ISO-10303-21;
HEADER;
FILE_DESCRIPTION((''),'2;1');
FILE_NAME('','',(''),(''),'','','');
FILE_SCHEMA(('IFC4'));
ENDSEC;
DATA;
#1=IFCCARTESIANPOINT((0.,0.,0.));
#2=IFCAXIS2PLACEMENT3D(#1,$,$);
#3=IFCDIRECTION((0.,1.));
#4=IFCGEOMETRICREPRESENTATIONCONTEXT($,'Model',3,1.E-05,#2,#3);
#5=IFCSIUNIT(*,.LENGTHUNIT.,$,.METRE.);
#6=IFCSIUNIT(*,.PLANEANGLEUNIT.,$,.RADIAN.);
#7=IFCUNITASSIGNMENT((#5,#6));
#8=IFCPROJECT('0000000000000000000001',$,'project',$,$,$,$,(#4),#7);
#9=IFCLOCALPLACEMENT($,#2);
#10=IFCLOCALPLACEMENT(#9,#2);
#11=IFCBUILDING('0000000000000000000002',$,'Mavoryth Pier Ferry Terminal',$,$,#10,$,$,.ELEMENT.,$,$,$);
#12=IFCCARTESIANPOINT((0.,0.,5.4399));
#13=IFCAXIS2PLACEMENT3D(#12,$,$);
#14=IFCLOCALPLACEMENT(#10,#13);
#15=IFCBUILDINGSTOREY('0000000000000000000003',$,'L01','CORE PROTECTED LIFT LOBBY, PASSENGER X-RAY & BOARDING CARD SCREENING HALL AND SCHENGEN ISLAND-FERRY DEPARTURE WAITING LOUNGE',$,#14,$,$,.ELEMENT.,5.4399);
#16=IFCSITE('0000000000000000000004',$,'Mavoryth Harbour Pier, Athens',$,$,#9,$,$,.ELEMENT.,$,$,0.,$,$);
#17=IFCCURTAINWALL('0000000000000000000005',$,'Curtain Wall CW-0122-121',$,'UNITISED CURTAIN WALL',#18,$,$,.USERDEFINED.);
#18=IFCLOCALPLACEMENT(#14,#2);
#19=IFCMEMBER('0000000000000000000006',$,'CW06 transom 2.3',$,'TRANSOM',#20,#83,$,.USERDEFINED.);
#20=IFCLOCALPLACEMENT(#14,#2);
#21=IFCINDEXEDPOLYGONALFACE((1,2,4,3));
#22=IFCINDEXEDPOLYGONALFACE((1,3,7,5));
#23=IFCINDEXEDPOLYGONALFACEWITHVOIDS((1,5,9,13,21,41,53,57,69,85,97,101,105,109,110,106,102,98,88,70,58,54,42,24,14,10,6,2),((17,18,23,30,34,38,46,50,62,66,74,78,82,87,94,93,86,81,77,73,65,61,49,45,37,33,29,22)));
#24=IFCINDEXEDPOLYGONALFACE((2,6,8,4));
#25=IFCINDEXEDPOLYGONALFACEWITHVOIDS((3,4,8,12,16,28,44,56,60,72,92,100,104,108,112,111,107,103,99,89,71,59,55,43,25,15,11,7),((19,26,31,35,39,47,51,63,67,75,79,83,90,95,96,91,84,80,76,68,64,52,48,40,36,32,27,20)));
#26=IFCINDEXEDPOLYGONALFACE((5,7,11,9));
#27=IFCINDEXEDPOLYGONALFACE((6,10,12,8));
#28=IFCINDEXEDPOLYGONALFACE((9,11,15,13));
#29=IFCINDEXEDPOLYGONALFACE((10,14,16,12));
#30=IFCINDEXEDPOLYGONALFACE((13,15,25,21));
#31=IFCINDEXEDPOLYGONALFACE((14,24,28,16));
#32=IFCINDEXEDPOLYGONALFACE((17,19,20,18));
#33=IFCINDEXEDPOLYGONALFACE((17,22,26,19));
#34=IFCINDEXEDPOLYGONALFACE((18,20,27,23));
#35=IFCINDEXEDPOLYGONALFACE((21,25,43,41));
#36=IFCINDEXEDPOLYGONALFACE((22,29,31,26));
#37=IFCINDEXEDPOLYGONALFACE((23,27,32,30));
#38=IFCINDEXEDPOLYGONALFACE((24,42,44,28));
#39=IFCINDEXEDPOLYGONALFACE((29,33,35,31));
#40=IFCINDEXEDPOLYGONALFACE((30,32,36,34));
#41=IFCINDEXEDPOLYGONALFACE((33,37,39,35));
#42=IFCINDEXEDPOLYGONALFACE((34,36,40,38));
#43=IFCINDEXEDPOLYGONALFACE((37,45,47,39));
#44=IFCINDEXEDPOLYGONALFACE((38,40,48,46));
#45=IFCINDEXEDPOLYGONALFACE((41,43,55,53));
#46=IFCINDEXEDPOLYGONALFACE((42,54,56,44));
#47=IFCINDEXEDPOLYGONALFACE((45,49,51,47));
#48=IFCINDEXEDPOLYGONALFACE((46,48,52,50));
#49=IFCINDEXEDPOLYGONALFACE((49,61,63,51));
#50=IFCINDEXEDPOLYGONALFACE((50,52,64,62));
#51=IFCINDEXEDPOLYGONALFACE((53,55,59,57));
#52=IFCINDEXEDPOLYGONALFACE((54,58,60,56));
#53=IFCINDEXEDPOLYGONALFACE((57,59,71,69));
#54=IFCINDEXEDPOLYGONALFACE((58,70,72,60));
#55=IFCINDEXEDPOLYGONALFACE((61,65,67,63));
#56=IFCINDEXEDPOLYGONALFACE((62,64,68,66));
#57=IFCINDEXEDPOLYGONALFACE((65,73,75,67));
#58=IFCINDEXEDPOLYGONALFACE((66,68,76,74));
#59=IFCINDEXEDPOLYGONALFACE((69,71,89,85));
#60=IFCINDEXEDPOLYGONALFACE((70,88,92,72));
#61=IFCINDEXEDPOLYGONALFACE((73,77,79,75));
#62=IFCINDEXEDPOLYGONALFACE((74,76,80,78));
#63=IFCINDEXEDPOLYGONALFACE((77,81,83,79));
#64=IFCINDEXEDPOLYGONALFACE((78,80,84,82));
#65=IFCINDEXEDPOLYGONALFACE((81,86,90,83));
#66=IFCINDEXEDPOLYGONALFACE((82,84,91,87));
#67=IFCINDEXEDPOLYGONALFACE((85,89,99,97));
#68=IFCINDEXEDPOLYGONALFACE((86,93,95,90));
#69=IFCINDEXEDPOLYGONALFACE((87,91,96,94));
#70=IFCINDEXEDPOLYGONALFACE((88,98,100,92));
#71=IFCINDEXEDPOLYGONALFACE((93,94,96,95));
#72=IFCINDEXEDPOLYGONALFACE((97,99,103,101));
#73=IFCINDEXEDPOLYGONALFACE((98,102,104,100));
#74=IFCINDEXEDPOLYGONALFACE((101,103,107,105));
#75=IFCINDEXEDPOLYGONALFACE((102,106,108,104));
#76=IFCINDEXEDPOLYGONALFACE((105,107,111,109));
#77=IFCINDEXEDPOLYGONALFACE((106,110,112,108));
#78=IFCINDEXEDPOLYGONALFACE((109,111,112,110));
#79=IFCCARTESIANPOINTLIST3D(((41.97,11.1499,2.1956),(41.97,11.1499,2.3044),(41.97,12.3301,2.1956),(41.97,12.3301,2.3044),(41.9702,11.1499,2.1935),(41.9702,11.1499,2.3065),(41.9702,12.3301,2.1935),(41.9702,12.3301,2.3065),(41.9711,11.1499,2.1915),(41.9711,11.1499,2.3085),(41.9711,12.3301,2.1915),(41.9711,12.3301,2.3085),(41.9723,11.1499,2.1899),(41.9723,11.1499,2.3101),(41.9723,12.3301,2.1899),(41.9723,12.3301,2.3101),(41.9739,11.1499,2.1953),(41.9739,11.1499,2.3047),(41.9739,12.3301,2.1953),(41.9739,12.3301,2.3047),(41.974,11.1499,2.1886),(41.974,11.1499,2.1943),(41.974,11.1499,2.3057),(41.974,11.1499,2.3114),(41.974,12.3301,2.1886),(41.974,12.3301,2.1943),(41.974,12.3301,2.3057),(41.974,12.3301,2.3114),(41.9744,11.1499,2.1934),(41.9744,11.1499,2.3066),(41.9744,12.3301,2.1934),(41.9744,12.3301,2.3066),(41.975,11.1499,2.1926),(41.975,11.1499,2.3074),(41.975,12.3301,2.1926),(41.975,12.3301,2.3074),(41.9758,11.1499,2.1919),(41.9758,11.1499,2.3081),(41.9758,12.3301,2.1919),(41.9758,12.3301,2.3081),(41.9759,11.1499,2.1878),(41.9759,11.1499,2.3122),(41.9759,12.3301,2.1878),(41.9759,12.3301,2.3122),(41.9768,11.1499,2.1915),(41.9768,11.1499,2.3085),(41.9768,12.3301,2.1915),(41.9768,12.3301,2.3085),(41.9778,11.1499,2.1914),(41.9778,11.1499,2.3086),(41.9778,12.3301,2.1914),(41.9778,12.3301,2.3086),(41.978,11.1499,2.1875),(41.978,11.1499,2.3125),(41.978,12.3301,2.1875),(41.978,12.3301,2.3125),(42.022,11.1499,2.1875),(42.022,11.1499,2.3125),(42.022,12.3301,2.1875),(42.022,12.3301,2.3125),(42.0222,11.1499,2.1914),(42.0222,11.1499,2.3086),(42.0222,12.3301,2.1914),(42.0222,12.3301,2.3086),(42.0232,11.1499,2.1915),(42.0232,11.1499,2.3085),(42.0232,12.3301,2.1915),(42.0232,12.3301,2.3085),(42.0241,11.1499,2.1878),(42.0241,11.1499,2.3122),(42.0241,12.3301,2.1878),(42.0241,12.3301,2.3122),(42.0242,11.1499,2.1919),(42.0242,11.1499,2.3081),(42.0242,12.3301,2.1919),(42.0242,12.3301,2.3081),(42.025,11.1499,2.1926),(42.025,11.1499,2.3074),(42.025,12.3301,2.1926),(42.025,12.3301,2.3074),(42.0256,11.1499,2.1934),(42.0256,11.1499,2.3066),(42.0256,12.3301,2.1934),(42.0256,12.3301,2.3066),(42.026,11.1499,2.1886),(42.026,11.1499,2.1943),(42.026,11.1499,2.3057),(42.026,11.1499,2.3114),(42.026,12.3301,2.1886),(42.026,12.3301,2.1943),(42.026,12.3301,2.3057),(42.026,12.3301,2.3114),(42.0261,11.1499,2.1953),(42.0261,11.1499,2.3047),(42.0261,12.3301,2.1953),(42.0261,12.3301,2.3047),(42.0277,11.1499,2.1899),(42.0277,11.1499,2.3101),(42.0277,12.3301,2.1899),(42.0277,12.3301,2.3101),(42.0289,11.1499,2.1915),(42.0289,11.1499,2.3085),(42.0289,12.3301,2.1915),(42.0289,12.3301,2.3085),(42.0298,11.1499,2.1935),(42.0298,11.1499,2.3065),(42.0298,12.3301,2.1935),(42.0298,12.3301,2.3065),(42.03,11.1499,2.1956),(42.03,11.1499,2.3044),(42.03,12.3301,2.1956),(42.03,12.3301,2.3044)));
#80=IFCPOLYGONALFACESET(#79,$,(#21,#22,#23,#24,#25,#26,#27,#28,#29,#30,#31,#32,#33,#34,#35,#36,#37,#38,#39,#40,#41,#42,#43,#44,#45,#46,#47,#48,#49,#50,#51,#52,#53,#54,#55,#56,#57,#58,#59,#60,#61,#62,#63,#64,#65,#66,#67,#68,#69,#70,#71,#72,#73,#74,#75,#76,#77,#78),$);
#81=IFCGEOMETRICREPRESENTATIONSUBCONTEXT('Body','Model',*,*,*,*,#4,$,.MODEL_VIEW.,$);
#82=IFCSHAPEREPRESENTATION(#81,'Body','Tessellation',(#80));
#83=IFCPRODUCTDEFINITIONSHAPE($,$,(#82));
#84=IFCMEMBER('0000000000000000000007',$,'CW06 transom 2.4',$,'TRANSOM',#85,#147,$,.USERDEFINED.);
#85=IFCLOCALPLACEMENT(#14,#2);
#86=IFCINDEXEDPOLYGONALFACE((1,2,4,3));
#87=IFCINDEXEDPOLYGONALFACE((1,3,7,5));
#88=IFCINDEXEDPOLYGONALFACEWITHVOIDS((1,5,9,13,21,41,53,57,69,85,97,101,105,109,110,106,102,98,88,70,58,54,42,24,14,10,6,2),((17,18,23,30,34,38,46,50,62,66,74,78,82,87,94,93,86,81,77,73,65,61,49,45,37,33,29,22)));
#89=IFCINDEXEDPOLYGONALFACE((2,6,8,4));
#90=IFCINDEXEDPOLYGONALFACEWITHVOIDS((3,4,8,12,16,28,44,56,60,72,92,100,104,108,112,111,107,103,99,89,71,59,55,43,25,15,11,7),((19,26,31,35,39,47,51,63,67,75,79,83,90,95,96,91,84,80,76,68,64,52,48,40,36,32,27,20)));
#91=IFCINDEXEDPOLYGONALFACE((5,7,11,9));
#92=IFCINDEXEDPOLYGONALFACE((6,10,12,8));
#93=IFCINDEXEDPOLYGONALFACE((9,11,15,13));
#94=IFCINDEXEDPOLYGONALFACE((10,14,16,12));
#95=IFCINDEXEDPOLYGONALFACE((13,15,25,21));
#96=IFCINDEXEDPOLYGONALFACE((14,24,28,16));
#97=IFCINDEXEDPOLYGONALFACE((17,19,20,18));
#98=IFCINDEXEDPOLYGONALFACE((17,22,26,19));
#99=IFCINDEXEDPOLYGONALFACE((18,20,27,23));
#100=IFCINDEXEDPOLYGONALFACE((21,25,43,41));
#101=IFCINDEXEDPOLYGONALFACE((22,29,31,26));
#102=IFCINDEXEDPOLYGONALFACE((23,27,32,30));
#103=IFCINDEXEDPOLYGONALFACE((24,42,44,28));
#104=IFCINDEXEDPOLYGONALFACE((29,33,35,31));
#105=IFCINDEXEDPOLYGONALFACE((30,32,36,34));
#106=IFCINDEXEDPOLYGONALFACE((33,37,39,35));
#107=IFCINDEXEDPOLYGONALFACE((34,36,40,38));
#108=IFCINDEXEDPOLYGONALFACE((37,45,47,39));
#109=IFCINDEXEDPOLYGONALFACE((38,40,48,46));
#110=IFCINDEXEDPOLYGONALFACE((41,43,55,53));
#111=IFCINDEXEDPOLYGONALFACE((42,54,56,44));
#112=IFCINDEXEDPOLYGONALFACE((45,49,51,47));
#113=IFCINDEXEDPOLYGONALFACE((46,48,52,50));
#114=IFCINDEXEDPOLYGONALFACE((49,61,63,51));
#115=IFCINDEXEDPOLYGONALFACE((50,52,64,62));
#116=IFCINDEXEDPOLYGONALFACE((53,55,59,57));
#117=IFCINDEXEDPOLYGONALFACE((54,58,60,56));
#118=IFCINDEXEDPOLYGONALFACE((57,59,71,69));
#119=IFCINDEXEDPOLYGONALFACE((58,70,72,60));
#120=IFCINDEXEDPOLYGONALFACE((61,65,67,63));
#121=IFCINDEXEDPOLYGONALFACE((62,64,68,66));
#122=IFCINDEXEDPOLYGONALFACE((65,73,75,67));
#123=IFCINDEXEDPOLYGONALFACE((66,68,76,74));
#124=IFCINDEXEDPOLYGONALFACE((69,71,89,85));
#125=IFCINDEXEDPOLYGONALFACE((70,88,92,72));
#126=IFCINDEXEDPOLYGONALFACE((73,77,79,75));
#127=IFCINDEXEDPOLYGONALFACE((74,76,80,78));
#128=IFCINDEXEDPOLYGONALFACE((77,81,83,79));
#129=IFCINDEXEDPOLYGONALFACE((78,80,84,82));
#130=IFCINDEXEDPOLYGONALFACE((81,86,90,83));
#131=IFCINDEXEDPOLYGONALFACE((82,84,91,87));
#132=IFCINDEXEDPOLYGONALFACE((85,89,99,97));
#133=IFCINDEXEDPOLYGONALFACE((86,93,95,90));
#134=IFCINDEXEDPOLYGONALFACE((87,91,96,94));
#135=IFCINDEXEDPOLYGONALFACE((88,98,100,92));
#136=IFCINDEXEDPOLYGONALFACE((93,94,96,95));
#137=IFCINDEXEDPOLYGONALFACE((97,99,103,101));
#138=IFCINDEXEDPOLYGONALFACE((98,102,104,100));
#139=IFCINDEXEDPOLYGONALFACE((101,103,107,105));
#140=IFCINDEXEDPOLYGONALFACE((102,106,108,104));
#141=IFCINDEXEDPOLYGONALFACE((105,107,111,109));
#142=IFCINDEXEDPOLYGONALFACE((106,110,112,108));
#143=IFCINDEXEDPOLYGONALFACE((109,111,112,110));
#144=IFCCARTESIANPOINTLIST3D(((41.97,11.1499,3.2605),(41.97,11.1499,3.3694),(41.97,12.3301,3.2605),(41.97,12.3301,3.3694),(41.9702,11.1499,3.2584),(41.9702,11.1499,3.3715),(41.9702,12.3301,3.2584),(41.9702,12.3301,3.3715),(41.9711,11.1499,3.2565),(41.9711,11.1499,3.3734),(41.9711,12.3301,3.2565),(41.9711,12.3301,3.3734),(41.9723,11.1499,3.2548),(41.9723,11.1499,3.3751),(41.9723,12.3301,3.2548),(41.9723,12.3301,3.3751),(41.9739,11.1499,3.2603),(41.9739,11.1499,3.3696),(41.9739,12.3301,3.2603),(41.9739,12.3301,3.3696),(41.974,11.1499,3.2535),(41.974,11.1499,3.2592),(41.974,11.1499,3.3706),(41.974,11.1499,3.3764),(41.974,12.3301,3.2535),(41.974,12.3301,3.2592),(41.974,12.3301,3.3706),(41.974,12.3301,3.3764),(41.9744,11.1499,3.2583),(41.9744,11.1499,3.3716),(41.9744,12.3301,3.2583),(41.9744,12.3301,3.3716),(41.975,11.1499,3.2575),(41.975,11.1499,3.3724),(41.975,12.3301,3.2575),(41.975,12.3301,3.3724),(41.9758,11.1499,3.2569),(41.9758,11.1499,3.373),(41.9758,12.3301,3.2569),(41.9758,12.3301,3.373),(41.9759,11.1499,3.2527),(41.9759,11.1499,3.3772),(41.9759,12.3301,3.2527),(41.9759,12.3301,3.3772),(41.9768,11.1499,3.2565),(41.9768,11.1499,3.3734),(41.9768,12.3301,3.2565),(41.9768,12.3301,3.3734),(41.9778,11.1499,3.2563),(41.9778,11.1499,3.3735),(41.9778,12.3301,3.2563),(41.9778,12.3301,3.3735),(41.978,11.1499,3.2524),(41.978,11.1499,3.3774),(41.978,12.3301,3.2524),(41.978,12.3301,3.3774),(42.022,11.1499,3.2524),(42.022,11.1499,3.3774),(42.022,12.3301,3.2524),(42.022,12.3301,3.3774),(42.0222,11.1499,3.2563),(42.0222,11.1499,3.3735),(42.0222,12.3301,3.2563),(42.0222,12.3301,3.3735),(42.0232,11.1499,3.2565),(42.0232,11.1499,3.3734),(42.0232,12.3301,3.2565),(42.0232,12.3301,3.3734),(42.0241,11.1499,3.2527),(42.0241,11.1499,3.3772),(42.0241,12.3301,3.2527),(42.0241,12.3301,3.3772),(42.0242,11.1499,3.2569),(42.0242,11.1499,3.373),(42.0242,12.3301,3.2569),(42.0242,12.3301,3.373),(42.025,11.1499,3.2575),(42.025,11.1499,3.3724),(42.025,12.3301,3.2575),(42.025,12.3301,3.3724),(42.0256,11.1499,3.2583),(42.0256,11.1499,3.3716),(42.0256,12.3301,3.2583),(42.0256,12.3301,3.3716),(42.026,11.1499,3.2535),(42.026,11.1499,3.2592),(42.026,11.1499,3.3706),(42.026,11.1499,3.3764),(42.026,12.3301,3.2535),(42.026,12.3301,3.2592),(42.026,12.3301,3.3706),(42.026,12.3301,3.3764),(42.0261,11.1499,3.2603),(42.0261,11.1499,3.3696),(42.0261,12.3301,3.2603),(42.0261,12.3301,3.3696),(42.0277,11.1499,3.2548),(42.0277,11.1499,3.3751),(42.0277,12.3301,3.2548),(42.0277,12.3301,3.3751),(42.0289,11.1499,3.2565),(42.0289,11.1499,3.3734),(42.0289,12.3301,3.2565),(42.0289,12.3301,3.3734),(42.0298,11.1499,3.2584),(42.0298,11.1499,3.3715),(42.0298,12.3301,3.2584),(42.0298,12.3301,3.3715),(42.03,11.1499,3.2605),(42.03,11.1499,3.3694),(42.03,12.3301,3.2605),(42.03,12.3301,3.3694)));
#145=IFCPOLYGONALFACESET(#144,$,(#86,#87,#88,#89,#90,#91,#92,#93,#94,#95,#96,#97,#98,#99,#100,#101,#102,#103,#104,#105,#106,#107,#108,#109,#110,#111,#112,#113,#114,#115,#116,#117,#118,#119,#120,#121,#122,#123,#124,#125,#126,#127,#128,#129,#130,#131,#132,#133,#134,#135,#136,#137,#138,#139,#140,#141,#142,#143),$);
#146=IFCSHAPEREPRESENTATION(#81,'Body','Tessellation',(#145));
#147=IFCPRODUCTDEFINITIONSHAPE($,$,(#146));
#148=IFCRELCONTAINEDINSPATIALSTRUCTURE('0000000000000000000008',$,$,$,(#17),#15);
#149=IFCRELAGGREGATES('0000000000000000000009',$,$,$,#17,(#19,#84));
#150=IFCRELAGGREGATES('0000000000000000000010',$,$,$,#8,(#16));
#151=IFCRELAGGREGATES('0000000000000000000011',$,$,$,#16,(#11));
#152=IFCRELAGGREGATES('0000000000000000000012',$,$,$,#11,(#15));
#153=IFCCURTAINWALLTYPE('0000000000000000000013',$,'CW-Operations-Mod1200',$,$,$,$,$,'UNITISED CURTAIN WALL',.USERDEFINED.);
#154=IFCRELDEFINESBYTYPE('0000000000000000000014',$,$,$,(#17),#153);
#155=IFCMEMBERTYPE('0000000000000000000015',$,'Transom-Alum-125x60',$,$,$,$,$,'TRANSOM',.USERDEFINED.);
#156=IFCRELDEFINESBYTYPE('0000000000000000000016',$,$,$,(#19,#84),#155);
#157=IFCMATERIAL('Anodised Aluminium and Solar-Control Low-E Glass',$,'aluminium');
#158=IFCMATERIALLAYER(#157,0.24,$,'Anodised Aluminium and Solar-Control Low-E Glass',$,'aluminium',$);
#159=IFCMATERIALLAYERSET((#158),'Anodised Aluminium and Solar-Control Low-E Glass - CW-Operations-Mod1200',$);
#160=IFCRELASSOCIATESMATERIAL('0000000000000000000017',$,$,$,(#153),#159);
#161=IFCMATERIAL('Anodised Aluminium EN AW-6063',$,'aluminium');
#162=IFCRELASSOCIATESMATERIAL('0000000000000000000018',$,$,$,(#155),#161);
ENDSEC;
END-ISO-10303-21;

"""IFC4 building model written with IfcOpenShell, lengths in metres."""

from ifc_helpers import new_model, si_unit, direction, frame, origin, origin_2d, place, context, subcontext, project, spatial, hollow_rectangle, extrude, material, layer, layer_set, material_profile, profile_set, type_object, element, aggregate, save


model = new_model("IFC4")

# Units and contexts
model_context = context("Model", 3, precision=1e-05, world=origin(), true_north=direction((0.0, 1.0)))
body_context = subcontext(model_context, "Body", "Model", "MODEL_VIEW")
ifc_project = project(units=[si_unit("LENGTHUNIT", "METRE"), si_unit("PLANEANGLEUNIT", "RADIAN")], contexts=[model_context])

# Site, building, storey
site_placement = place(None, origin())
site = spatial("IfcSite", under=ifc_project, at=site_placement, Name="Mavoryth Harbour Pier, Athens", CompositionType="ELEMENT", RefElevation=0.0)
building_placement = place(site_placement, origin())
building = spatial("IfcBuilding", under=site, at=building_placement, Name="Mavoryth Pier Ferry Terminal", CompositionType="ELEMENT")
storey_placement = place(building_placement, frame((0.0, 0.0, 5.4399)))
storey = spatial("IfcBuildingStorey", under=building, at=storey_placement, Name="L01", Description="CORE PROTECTED LIFT LOBBY, PASSENGER X-RAY & BOARDING CARD SCREENING HALL AND SCHENGEN ISLAND-FERRY DEPARTURE WAITING LOUNGE", CompositionType="ELEMENT", Elevation=5.4399)

# Curtain wall
ifc_material_1 = material(Name="Anodised Aluminium and Solar-Control Low-E Glass", Category="aluminium")
ifc_layer_1 = layer(ifc_material_1, 0.24, Name="Anodised Aluminium and Solar-Control Low-E Glass", Category="aluminium")
ifc_layer_set_1 = layer_set([ifc_layer_1], Name="Anodised Aluminium and Solar-Control Low-E Glass - CW-Operations-Mod1200")
curtain_wall_type_1 = type_object("IfcCurtainWallType", Name="CW-Operations-Mod1200", ElementType="UNITISED CURTAIN WALL", PredefinedType="USERDEFINED", material=ifc_layer_set_1)
curtain_wall_1_placement = place(storey_placement, origin())
curtain_wall_1 = element("IfcCurtainWall", 1, at=curtain_wall_1_placement, inside=storey, type_object=curtain_wall_type_1, Name="Curtain Wall CW-0122-121", ObjectType="UNITISED CURTAIN WALL", PredefinedType="USERDEFINED")
ifc_material_2 = material(Name="Anodised Aluminium EN AW-6063", Category="aluminium")

# Members
ifc_material_profile_1 = material_profile(ifc_material_2, hollow_rectangle(XDim=0.0601, YDim=0.125, WallThickness=0.0039, InnerFilletRadius=0.0039, OuterFilletRadius=0.0081, at=origin_2d()), Name="AL-TRAN 125x60x4", Category="aluminium")
ifc_profile_set_1 = profile_set([ifc_material_profile_1], Name="Anodised Aluminium EN AW-6063 - AL-TRAN 125x60x4")
member_type_1 = type_object("IfcMemberType", Name="Transom-Alum-125x60", ElementType="TRANSOM", PredefinedType="USERDEFINED", material=ifc_profile_set_1)
member_1_placement = place(storey_placement, frame((42.0, 12.3301, 2.25), z_axis=(0.0, -1.0, 0.0), x_axis=(1.0, 0.0, 0.0)))
member_1 = element("IfcMember", 2, at=member_1_placement, type_object=member_type_1, Name="CW06 transom 2.3", ObjectType="TRANSOM", PredefinedType="USERDEFINED", context=body_context, shape_type="SweptSolid", body=[
    extrude(hollow_rectangle(XDim=0.0601, YDim=0.125, WallThickness=0.0039, InnerFilletRadius=0.0039, OuterFilletRadius=0.0081, at=origin_2d()), origin(), (0.0, 0.0, 1.0), 1.1802),
])
member_2_placement = place(storey_placement, frame((42.0, 12.3301, 3.3149), z_axis=(0.0, -1.0, 0.0), x_axis=(1.0, 0.0, 0.0)))
member_2 = element("IfcMember", 3, at=member_2_placement, type_object=member_type_1, Name="CW06 transom 2.4", ObjectType="TRANSOM", PredefinedType="USERDEFINED", context=body_context, shape_type="SweptSolid", body=[
    extrude(hollow_rectangle(XDim=0.0601, YDim=0.125, WallThickness=0.0039, InnerFilletRadius=0.0039, OuterFilletRadius=0.0081, at=origin_2d()), origin(), (0.0, 0.0, 1.0), 1.1802),
])

aggregate(curtain_wall_1, [member_1, member_2])

save(model, "model.ifc")
